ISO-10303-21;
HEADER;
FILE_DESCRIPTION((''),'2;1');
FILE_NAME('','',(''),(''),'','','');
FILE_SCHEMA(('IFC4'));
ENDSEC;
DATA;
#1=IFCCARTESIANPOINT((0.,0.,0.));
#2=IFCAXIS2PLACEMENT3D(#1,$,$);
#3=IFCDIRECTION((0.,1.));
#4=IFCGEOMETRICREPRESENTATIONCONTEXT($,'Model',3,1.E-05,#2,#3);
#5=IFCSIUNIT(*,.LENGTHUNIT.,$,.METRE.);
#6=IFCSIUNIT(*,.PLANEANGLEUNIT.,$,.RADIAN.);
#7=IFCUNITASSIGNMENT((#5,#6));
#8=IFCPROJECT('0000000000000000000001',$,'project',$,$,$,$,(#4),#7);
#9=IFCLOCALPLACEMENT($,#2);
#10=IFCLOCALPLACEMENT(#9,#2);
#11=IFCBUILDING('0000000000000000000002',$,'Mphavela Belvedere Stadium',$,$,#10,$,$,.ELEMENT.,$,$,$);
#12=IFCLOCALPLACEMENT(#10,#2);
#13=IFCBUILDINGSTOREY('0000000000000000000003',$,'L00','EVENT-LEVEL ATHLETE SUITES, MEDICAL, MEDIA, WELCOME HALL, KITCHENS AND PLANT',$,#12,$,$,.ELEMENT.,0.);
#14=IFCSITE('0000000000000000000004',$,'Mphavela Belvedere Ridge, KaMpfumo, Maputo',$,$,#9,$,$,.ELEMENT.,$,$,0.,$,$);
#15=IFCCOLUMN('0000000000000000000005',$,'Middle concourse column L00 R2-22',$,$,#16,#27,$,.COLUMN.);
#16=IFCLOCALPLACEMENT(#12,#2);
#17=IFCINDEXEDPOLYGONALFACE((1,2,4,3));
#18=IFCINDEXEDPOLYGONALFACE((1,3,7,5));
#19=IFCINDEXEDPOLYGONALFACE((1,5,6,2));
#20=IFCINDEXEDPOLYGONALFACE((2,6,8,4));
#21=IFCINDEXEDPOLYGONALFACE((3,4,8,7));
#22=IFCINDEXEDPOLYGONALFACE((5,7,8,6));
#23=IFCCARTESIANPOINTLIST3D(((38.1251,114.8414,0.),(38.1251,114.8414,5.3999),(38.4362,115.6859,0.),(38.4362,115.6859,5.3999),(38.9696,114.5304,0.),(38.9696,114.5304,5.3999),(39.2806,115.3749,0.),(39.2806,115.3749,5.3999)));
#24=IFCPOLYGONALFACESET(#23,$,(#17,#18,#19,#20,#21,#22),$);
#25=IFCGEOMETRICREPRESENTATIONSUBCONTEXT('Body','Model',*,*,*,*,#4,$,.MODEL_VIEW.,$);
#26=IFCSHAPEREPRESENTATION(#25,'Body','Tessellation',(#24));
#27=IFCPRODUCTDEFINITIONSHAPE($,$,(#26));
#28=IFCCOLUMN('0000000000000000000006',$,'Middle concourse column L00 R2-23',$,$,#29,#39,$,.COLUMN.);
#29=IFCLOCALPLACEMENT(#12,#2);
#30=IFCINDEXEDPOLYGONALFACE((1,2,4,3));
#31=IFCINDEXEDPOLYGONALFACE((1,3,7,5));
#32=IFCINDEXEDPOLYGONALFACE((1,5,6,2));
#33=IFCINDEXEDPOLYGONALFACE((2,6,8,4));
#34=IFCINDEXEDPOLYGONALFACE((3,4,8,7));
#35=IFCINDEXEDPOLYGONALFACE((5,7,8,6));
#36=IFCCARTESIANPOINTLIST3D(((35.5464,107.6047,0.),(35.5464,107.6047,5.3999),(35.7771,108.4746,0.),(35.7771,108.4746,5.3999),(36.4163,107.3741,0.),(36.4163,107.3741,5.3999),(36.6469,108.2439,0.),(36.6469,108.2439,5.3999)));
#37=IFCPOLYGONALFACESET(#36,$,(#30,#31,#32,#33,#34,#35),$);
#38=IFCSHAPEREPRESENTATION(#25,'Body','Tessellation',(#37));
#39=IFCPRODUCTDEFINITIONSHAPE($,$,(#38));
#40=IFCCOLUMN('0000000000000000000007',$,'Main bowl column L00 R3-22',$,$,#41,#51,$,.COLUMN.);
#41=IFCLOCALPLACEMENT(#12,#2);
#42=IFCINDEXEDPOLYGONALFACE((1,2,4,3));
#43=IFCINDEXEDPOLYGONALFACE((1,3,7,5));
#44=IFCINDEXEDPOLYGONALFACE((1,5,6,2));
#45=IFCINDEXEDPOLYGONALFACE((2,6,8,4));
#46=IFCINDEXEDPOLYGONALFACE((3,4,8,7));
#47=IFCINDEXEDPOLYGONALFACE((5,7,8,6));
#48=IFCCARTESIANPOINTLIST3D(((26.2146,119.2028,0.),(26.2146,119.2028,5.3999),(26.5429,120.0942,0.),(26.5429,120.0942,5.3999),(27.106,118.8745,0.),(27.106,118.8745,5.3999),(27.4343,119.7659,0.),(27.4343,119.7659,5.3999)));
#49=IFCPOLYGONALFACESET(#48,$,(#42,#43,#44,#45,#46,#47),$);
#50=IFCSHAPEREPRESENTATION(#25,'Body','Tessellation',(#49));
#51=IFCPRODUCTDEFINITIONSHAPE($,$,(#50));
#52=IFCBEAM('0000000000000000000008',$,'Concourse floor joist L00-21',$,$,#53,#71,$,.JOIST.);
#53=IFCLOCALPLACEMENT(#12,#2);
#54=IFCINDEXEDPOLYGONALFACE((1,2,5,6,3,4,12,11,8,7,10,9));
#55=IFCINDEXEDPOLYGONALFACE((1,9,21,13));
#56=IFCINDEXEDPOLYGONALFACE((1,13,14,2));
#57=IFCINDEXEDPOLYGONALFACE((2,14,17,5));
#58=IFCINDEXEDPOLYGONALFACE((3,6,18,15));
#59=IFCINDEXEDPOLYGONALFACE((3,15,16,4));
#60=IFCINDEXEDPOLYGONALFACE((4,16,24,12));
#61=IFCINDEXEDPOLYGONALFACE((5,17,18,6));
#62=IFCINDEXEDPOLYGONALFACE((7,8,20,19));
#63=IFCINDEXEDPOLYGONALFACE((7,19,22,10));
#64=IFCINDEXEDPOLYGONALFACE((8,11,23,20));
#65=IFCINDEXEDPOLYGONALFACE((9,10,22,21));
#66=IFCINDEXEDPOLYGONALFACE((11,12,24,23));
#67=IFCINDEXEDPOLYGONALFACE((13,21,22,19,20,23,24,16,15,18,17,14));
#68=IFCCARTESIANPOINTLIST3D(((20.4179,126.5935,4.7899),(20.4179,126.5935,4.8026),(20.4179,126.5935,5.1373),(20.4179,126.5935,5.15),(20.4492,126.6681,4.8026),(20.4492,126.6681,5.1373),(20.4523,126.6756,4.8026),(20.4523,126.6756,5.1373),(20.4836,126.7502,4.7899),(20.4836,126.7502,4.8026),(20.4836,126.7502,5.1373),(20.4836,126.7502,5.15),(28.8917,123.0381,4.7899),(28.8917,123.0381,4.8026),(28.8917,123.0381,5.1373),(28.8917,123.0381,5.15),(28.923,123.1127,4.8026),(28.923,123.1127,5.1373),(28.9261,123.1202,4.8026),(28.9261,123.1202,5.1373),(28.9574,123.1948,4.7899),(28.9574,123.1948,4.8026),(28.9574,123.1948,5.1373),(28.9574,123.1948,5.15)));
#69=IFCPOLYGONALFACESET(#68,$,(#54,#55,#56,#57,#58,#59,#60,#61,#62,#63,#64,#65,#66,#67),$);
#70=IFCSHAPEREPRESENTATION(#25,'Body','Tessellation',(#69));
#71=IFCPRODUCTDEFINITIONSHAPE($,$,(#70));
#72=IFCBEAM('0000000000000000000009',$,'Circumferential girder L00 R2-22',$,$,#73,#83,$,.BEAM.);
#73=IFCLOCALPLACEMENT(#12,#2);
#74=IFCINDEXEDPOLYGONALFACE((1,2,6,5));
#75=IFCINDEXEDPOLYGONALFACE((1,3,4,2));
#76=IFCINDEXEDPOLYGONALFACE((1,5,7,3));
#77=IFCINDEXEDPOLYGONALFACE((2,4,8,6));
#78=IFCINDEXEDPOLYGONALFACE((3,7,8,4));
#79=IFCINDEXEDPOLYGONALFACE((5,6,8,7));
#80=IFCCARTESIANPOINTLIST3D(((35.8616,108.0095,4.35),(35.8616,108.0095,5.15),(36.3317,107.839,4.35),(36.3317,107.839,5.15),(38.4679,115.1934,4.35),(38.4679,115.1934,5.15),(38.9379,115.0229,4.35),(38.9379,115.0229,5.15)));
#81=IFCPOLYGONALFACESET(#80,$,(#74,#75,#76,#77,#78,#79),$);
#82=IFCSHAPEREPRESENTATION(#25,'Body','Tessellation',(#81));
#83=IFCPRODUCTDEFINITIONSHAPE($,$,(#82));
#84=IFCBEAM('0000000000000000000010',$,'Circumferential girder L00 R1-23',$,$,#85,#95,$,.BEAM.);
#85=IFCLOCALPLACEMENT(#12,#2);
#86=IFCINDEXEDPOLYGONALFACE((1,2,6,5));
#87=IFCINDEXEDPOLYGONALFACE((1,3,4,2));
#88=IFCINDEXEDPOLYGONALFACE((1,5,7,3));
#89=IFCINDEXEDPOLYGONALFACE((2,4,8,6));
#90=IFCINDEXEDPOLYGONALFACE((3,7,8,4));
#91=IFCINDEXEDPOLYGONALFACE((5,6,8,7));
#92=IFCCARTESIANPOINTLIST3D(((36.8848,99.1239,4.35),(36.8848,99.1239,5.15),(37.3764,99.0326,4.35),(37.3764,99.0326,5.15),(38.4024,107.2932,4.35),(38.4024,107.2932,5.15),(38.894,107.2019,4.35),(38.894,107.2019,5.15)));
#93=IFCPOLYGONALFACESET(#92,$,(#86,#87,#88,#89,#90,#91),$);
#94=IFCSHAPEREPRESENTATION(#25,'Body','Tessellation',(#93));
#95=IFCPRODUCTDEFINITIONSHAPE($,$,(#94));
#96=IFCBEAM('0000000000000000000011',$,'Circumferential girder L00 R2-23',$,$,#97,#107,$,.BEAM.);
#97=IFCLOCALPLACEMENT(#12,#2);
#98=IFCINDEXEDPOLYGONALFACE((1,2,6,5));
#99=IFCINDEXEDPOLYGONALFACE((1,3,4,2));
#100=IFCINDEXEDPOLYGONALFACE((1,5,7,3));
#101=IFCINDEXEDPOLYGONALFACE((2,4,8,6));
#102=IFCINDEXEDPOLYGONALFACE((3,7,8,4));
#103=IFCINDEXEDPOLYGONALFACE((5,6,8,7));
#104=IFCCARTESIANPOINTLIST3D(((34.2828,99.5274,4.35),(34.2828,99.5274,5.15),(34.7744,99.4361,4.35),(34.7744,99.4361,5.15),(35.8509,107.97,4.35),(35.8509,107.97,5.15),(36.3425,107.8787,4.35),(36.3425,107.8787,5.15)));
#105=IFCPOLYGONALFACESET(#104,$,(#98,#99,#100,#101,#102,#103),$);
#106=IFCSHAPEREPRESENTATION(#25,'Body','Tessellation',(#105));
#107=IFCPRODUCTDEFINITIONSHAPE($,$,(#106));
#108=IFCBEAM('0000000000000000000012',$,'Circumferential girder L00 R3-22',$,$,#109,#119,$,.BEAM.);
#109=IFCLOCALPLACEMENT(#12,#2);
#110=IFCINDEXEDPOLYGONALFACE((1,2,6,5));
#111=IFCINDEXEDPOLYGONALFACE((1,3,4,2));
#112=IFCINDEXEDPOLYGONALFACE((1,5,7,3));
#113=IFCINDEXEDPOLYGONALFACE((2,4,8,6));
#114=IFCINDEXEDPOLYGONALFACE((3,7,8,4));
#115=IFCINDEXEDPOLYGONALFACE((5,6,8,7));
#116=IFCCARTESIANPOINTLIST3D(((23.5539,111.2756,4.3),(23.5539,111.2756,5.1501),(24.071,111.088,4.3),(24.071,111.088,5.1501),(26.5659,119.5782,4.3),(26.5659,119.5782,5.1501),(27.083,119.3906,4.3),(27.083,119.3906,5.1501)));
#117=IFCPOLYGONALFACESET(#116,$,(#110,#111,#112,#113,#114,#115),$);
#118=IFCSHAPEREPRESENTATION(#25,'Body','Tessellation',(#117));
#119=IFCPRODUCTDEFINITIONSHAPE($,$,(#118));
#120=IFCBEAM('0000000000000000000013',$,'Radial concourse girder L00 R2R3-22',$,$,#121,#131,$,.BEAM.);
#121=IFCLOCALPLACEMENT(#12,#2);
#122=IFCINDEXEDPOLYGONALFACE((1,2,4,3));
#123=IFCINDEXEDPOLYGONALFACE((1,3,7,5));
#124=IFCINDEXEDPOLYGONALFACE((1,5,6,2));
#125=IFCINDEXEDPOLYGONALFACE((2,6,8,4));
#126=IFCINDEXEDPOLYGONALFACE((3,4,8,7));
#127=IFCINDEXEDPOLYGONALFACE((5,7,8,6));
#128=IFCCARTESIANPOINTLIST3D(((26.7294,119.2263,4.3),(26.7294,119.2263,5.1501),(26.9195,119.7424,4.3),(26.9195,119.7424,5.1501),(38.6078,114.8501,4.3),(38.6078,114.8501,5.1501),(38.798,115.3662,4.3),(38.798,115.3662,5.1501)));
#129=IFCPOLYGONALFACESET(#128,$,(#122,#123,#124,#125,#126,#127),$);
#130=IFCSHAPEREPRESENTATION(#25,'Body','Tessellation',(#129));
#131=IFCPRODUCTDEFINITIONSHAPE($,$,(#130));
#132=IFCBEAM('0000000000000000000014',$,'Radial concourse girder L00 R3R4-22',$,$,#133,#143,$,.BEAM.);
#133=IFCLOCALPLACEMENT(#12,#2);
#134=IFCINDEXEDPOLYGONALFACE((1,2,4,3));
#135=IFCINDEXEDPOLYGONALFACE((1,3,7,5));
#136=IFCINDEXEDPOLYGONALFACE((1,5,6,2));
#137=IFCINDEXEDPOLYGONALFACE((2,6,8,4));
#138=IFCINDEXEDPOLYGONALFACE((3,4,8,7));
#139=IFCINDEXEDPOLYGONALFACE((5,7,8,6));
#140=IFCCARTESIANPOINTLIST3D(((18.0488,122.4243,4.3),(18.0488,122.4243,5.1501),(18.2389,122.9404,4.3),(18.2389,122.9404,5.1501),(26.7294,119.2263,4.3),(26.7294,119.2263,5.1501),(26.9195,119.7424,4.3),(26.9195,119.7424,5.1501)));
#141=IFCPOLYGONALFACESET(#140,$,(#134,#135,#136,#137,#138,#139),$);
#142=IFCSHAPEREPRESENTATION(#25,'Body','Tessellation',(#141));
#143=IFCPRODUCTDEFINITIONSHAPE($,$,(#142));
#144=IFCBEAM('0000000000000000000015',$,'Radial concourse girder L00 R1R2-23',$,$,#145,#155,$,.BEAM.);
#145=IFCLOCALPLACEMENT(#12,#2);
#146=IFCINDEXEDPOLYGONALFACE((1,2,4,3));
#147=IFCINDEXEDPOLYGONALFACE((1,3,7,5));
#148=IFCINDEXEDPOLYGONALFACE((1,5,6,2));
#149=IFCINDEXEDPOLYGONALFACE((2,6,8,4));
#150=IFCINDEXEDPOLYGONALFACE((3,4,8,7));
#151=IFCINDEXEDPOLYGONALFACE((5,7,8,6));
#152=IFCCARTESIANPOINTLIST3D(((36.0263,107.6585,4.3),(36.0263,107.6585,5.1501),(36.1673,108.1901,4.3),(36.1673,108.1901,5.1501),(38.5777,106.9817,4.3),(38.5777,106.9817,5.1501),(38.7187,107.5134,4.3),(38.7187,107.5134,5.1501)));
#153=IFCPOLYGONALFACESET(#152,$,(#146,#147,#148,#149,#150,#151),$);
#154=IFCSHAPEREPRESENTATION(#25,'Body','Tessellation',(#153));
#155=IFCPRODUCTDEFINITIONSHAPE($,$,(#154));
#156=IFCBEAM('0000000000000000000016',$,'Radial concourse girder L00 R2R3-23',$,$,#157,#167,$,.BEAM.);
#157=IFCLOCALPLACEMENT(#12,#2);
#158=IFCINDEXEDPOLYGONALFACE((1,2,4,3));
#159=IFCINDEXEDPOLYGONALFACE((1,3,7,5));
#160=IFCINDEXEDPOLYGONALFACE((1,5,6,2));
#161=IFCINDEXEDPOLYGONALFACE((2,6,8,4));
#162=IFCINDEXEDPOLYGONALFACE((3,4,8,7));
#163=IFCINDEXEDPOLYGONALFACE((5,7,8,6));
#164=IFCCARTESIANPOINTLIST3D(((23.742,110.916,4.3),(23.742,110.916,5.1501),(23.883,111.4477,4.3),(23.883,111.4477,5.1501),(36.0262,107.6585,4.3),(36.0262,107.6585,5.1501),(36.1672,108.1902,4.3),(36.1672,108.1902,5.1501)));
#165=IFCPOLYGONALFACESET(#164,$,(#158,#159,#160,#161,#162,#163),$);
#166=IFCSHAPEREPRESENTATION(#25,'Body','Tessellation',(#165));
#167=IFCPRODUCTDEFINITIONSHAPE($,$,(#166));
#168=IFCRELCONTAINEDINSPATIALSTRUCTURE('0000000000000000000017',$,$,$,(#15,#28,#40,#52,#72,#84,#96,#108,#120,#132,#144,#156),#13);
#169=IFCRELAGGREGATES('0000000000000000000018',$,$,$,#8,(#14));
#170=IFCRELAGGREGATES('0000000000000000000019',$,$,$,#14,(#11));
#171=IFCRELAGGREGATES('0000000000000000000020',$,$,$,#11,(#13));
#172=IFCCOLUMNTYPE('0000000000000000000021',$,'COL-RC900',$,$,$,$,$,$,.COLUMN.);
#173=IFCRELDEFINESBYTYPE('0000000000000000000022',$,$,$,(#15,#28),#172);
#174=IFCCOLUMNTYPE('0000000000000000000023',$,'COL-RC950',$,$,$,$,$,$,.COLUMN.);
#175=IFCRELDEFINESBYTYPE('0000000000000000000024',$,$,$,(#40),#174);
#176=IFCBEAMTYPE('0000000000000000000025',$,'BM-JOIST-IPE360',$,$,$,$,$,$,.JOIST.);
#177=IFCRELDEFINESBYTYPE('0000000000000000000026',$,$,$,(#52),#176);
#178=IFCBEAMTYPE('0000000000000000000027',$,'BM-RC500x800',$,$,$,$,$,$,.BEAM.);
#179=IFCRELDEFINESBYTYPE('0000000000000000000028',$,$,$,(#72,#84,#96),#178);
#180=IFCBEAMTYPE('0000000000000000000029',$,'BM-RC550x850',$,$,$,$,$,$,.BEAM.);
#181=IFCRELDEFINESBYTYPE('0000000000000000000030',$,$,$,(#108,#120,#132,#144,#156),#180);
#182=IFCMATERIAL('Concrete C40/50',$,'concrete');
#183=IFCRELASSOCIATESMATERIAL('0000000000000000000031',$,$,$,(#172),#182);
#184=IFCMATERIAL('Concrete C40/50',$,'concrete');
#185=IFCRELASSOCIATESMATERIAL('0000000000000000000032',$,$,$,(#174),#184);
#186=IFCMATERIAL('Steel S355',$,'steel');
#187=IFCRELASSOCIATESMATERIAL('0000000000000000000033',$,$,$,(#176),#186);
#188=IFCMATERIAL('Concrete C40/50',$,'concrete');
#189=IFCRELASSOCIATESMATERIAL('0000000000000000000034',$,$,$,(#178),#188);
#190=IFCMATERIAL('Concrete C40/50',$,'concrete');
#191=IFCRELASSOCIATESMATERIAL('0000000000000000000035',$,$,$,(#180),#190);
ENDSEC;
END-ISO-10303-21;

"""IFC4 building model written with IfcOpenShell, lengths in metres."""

from ifc_helpers import new_model, si_unit, direction, frame, origin, origin_2d, place, context, subcontext, project, spatial, rectangle, i_section, extrude, material, material_profile, profile_set, type_object, element, save


model = new_model("IFC4")

# Units and contexts
model_context = context("Model", 3, precision=1e-05, world=origin(), true_north=direction((0.0, 1.0)))
body_context = subcontext(model_context, "Body", "Model", "MODEL_VIEW")
ifc_project = project(units=[si_unit("LENGTHUNIT", "METRE"), si_unit("PLANEANGLEUNIT", "RADIAN")], contexts=[model_context])

# Site, building, storey
site_placement = place(None, origin())
site = spatial("IfcSite", under=ifc_project, at=site_placement, Name="Mphavela Belvedere Ridge, KaMpfumo, Maputo", CompositionType="ELEMENT", RefElevation=0.0)
building_placement = place(site_placement, origin())
building = spatial("IfcBuilding", under=site, at=building_placement, Name="Mphavela Belvedere Stadium", CompositionType="ELEMENT")
storey_placement = place(building_placement, origin())
storey = spatial("IfcBuildingStorey", under=building, at=storey_placement, Name="L00", Description="EVENT-LEVEL ATHLETE SUITES, MEDICAL, MEDIA, WELCOME HALL, KITCHENS AND PLANT", CompositionType="ELEMENT", Elevation=0.0)

# Columns
ifc_material_1 = material(Name="Concrete C40/50", Category="concrete")
ifc_material_profile_1 = material_profile(ifc_material_1, rectangle(XDim=0.8999, YDim=0.8999, at=origin_2d()), Name="RC 900x900")
ifc_profile_set_1 = profile_set([ifc_material_profile_1], Name="Concrete C40/50")
column_type_1 = type_object("IfcColumnType", Name="COL-RC900", PredefinedType="COLUMN", material=ifc_profile_set_1)
for number, where, z_axis, x_axis, name in (
    (1, (38.7029, 115.1082, 0.0), (0.0, 0.0, 1.0), (-0.938372, 0.345626, 0.0), "Middle concourse column L00 R2-22"),
    (2, (36.0967, 107.9243, 0.0), (0.0, 0.0, 1.0), (-0.9666, 0.256289, 0.0), "Middle concourse column L00 R2-23"),
):
    element("IfcColumn", number, at=place(storey_placement, frame(where, z_axis=z_axis, x_axis=x_axis)), inside=storey, type_object=column_type_1, Name=name, PredefinedType="COLUMN", context=body_context, shape_type="SweptSolid", body=[
        extrude(rectangle(XDim=0.8999, YDim=0.8999, at=origin_2d()), origin(), (0.0, 0.0, 1.0), 5.3999),
    ])
ifc_material_2 = material(Name="Concrete C40/50", Category="concrete")
ifc_material_profile_2 = material_profile(ifc_material_2, rectangle(XDim=0.95, YDim=0.95, at=origin_2d()), Name="RC 950x950")
ifc_profile_set_2 = profile_set([ifc_material_profile_2], Name="Concrete C40/50")
column_type_2 = type_object("IfcColumnType", Name="COL-RC950", PredefinedType="COLUMN", material=ifc_profile_set_2)
column_1_placement = place(storey_placement, frame((26.8245, 119.4844, 0.0), z_axis=(0.0, 0.0, 1.0), x_axis=(-0.938372, 0.345626, 0.0)))
element("IfcColumn", 3, at=column_1_placement, inside=storey, type_object=column_type_2, Name="Main bowl column L00 R3-22", PredefinedType="COLUMN", context=body_context, shape_type="SweptSolid", body=[
    extrude(rectangle(XDim=0.95, YDim=0.95, at=origin_2d()), origin(), (0.0, 0.0, 1.0), 5.3999),
])

# Beams
ifc_material_3 = material(Name="Steel S355", Category="steel")
ifc_material_profile_3 = material_profile(ifc_material_3, i_section(OverallWidth=0.1699, OverallDepth=0.3601, WebThickness=0.0081, FlangeThickness=0.0127, at=origin_2d()), Name="IPE 360")
ifc_profile_set_3 = profile_set([ifc_material_profile_3], Name="Steel S355")
beam_type_1 = type_object("IfcBeamType", Name="BM-JOIST-IPE360", PredefinedType="JOIST", material=ifc_profile_set_3)
beam_1_placement = place(storey_placement, frame((28.9246, 123.1165, 4.97), z_axis=(-0.922122, 0.386899, 0.0), x_axis=(-0.386899, -0.922122, 0.0)))
element("IfcBeam", 4, at=beam_1_placement, inside=storey, type_object=beam_type_1, Name="Concourse floor joist L00-21", PredefinedType="JOIST", context=body_context, shape_type="SweptSolid", body=[
    extrude(i_section(OverallWidth=0.1699, OverallDepth=0.3601, WebThickness=0.0081, FlangeThickness=0.0127, at=origin_2d()), origin(), (0.0, 0.0, 1.0), 9.1895),
])
ifc_material_4 = material(Name="Concrete C40/50", Category="concrete")
ifc_material_profile_4 = material_profile(ifc_material_4, rectangle(XDim=0.5, YDim=0.8, at=origin_2d()), Name="RC 500x800")
ifc_profile_set_4 = profile_set([ifc_material_profile_4], Name="Concrete C40/50")
beam_type_2 = type_object("IfcBeamType", Name="BM-RC500x800", PredefinedType="BEAM", material=ifc_profile_set_4)
beam_2_placement = place(storey_placement, frame((38.7029, 115.1082, 4.75), z_axis=(-0.341038, -0.94005, 0.0), x_axis=(0.94005, -0.341038, 0.0)))
element("IfcBeam", 5, at=beam_2_placement, inside=storey, type_object=beam_type_2, Name="Circumferential girder L00 R2-22", PredefinedType="BEAM", context=body_context, shape_type="SweptSolid", body=[
    extrude(rectangle(XDim=0.5, YDim=0.8, at=origin_2d()), origin(), (0.0, 0.0, 1.0), 7.6421),
])
beam_3_placement = place(storey_placement, frame((38.6482, 107.2476, 4.75), z_axis=(-0.182638, -0.98318, 0.0), x_axis=(0.98318, -0.182638, 0.0)))
element("IfcBeam", 6, at=beam_3_placement, inside=storey, type_object=beam_type_2, Name="Circumferential girder L00 R1-23", PredefinedType="BEAM", context=body_context, shape_type="SweptSolid", body=[
    extrude(rectangle(XDim=0.5, YDim=0.8, at=origin_2d()), origin(), (0.0, 0.0, 1.0), 8.3091),
])
beam_4_placement = place(storey_placement, frame((36.0967, 107.9243, 4.75), z_axis=(-0.182615, -0.983185, 0.0), x_axis=(0.983185, -0.182615, 0.0)))
element("IfcBeam", 7, at=beam_4_placement, inside=storey, type_object=beam_type_2, Name="Circumferential girder L00 R2-23", PredefinedType="BEAM", context=body_context, shape_type="SweptSolid", body=[
    extrude(rectangle(XDim=0.5, YDim=0.8, at=origin_2d()), origin(), (0.0, 0.0, 1.0), 8.5869),
])
ifc_material_5 = material(Name="Concrete C40/50", Category="concrete")
ifc_material_profile_5 = material_profile(ifc_material_5, rectangle(XDim=0.55, YDim=0.8501, at=origin_2d()), Name="RC 550x850")
ifc_profile_set_5 = profile_set([ifc_material_profile_5], Name="Concrete C40/50")
beam_type_3 = type_object("IfcBeamType", Name="BM-RC550x850", PredefinedType="BEAM", material=ifc_profile_set_5)
beam_5_placement = place(storey_placement, frame((26.8245, 119.4844, 4.7251), z_axis=(-0.341031, -0.940052, 0.0), x_axis=(0.940052, -0.341031, 0.0)))
element("IfcBeam", 8, at=beam_5_placement, inside=storey, type_object=beam_type_3, Name="Circumferential girder L00 R3-22", PredefinedType="BEAM", context=body_context, shape_type="SweptSolid", body=[
    extrude(rectangle(XDim=0.55, YDim=0.8501, at=origin_2d()), origin(), (0.0, 0.0, 1.0), 8.832),
])
beam_6_placement = place(storey_placement, frame((38.7029, 115.1082, 4.7251), z_axis=(-0.938344, 0.345703, 0.0), x_axis=(-0.345703, -0.938344, 0.0)))
element("IfcBeam", 9, at=beam_6_placement, inside=storey, type_object=beam_type_3, Name="Radial concourse girder L00 R2R3-22", PredefinedType="BEAM", context=body_context, shape_type="SweptSolid", body=[
    extrude(rectangle(XDim=0.55, YDim=0.8501, at=origin_2d()), origin(), (0.0, 0.0, 1.0), 12.6589),
])
beam_7_placement = place(storey_placement, frame((26.8245, 119.4844, 4.7251), z_axis=(-0.938348, 0.345692, 0.0), x_axis=(-0.345692, -0.938348, 0.0)))
element("IfcBeam", 10, at=beam_7_placement, inside=storey, type_object=beam_type_3, Name="Radial concourse girder L00 R3R4-22", PredefinedType="BEAM", context=body_context, shape_type="SweptSolid", body=[
    extrude(rectangle(XDim=0.55, YDim=0.8501, at=origin_2d()), origin(), (0.0, 0.0, 1.0), 9.251),
])
beam_8_placement = place(storey_placement, frame((38.6482, 107.2476, 4.7251), z_axis=(-0.966578, 0.256373, 0.0), x_axis=(-0.256373, -0.966578, 0.0)))
element("IfcBeam", 11, at=beam_8_placement, inside=storey, type_object=beam_type_3, Name="Radial concourse girder L00 R1R2-23", PredefinedType="BEAM", context=body_context, shape_type="SweptSolid", body=[
    extrude(rectangle(XDim=0.55, YDim=0.8501, at=origin_2d()), origin(), (0.0, 0.0, 1.0), 2.6396),
])
beam_9_placement = place(storey_placement, frame((36.0967, 107.9243, 4.7251), z_axis=(-0.966591, 0.256324, 0.0), x_axis=(-0.256324, -0.966591, 0.0)))
element("IfcBeam", 12, at=beam_9_placement, inside=storey, type_object=beam_type_3, Name="Radial concourse girder L00 R2R3-23", PredefinedType="BEAM", context=body_context, shape_type="SweptSolid", body=[
    extrude(rectangle(XDim=0.55, YDim=0.8501, at=origin_2d()), origin(), (0.0, 0.0, 1.0), 12.7087),
])

save(model, "model.ifc")
